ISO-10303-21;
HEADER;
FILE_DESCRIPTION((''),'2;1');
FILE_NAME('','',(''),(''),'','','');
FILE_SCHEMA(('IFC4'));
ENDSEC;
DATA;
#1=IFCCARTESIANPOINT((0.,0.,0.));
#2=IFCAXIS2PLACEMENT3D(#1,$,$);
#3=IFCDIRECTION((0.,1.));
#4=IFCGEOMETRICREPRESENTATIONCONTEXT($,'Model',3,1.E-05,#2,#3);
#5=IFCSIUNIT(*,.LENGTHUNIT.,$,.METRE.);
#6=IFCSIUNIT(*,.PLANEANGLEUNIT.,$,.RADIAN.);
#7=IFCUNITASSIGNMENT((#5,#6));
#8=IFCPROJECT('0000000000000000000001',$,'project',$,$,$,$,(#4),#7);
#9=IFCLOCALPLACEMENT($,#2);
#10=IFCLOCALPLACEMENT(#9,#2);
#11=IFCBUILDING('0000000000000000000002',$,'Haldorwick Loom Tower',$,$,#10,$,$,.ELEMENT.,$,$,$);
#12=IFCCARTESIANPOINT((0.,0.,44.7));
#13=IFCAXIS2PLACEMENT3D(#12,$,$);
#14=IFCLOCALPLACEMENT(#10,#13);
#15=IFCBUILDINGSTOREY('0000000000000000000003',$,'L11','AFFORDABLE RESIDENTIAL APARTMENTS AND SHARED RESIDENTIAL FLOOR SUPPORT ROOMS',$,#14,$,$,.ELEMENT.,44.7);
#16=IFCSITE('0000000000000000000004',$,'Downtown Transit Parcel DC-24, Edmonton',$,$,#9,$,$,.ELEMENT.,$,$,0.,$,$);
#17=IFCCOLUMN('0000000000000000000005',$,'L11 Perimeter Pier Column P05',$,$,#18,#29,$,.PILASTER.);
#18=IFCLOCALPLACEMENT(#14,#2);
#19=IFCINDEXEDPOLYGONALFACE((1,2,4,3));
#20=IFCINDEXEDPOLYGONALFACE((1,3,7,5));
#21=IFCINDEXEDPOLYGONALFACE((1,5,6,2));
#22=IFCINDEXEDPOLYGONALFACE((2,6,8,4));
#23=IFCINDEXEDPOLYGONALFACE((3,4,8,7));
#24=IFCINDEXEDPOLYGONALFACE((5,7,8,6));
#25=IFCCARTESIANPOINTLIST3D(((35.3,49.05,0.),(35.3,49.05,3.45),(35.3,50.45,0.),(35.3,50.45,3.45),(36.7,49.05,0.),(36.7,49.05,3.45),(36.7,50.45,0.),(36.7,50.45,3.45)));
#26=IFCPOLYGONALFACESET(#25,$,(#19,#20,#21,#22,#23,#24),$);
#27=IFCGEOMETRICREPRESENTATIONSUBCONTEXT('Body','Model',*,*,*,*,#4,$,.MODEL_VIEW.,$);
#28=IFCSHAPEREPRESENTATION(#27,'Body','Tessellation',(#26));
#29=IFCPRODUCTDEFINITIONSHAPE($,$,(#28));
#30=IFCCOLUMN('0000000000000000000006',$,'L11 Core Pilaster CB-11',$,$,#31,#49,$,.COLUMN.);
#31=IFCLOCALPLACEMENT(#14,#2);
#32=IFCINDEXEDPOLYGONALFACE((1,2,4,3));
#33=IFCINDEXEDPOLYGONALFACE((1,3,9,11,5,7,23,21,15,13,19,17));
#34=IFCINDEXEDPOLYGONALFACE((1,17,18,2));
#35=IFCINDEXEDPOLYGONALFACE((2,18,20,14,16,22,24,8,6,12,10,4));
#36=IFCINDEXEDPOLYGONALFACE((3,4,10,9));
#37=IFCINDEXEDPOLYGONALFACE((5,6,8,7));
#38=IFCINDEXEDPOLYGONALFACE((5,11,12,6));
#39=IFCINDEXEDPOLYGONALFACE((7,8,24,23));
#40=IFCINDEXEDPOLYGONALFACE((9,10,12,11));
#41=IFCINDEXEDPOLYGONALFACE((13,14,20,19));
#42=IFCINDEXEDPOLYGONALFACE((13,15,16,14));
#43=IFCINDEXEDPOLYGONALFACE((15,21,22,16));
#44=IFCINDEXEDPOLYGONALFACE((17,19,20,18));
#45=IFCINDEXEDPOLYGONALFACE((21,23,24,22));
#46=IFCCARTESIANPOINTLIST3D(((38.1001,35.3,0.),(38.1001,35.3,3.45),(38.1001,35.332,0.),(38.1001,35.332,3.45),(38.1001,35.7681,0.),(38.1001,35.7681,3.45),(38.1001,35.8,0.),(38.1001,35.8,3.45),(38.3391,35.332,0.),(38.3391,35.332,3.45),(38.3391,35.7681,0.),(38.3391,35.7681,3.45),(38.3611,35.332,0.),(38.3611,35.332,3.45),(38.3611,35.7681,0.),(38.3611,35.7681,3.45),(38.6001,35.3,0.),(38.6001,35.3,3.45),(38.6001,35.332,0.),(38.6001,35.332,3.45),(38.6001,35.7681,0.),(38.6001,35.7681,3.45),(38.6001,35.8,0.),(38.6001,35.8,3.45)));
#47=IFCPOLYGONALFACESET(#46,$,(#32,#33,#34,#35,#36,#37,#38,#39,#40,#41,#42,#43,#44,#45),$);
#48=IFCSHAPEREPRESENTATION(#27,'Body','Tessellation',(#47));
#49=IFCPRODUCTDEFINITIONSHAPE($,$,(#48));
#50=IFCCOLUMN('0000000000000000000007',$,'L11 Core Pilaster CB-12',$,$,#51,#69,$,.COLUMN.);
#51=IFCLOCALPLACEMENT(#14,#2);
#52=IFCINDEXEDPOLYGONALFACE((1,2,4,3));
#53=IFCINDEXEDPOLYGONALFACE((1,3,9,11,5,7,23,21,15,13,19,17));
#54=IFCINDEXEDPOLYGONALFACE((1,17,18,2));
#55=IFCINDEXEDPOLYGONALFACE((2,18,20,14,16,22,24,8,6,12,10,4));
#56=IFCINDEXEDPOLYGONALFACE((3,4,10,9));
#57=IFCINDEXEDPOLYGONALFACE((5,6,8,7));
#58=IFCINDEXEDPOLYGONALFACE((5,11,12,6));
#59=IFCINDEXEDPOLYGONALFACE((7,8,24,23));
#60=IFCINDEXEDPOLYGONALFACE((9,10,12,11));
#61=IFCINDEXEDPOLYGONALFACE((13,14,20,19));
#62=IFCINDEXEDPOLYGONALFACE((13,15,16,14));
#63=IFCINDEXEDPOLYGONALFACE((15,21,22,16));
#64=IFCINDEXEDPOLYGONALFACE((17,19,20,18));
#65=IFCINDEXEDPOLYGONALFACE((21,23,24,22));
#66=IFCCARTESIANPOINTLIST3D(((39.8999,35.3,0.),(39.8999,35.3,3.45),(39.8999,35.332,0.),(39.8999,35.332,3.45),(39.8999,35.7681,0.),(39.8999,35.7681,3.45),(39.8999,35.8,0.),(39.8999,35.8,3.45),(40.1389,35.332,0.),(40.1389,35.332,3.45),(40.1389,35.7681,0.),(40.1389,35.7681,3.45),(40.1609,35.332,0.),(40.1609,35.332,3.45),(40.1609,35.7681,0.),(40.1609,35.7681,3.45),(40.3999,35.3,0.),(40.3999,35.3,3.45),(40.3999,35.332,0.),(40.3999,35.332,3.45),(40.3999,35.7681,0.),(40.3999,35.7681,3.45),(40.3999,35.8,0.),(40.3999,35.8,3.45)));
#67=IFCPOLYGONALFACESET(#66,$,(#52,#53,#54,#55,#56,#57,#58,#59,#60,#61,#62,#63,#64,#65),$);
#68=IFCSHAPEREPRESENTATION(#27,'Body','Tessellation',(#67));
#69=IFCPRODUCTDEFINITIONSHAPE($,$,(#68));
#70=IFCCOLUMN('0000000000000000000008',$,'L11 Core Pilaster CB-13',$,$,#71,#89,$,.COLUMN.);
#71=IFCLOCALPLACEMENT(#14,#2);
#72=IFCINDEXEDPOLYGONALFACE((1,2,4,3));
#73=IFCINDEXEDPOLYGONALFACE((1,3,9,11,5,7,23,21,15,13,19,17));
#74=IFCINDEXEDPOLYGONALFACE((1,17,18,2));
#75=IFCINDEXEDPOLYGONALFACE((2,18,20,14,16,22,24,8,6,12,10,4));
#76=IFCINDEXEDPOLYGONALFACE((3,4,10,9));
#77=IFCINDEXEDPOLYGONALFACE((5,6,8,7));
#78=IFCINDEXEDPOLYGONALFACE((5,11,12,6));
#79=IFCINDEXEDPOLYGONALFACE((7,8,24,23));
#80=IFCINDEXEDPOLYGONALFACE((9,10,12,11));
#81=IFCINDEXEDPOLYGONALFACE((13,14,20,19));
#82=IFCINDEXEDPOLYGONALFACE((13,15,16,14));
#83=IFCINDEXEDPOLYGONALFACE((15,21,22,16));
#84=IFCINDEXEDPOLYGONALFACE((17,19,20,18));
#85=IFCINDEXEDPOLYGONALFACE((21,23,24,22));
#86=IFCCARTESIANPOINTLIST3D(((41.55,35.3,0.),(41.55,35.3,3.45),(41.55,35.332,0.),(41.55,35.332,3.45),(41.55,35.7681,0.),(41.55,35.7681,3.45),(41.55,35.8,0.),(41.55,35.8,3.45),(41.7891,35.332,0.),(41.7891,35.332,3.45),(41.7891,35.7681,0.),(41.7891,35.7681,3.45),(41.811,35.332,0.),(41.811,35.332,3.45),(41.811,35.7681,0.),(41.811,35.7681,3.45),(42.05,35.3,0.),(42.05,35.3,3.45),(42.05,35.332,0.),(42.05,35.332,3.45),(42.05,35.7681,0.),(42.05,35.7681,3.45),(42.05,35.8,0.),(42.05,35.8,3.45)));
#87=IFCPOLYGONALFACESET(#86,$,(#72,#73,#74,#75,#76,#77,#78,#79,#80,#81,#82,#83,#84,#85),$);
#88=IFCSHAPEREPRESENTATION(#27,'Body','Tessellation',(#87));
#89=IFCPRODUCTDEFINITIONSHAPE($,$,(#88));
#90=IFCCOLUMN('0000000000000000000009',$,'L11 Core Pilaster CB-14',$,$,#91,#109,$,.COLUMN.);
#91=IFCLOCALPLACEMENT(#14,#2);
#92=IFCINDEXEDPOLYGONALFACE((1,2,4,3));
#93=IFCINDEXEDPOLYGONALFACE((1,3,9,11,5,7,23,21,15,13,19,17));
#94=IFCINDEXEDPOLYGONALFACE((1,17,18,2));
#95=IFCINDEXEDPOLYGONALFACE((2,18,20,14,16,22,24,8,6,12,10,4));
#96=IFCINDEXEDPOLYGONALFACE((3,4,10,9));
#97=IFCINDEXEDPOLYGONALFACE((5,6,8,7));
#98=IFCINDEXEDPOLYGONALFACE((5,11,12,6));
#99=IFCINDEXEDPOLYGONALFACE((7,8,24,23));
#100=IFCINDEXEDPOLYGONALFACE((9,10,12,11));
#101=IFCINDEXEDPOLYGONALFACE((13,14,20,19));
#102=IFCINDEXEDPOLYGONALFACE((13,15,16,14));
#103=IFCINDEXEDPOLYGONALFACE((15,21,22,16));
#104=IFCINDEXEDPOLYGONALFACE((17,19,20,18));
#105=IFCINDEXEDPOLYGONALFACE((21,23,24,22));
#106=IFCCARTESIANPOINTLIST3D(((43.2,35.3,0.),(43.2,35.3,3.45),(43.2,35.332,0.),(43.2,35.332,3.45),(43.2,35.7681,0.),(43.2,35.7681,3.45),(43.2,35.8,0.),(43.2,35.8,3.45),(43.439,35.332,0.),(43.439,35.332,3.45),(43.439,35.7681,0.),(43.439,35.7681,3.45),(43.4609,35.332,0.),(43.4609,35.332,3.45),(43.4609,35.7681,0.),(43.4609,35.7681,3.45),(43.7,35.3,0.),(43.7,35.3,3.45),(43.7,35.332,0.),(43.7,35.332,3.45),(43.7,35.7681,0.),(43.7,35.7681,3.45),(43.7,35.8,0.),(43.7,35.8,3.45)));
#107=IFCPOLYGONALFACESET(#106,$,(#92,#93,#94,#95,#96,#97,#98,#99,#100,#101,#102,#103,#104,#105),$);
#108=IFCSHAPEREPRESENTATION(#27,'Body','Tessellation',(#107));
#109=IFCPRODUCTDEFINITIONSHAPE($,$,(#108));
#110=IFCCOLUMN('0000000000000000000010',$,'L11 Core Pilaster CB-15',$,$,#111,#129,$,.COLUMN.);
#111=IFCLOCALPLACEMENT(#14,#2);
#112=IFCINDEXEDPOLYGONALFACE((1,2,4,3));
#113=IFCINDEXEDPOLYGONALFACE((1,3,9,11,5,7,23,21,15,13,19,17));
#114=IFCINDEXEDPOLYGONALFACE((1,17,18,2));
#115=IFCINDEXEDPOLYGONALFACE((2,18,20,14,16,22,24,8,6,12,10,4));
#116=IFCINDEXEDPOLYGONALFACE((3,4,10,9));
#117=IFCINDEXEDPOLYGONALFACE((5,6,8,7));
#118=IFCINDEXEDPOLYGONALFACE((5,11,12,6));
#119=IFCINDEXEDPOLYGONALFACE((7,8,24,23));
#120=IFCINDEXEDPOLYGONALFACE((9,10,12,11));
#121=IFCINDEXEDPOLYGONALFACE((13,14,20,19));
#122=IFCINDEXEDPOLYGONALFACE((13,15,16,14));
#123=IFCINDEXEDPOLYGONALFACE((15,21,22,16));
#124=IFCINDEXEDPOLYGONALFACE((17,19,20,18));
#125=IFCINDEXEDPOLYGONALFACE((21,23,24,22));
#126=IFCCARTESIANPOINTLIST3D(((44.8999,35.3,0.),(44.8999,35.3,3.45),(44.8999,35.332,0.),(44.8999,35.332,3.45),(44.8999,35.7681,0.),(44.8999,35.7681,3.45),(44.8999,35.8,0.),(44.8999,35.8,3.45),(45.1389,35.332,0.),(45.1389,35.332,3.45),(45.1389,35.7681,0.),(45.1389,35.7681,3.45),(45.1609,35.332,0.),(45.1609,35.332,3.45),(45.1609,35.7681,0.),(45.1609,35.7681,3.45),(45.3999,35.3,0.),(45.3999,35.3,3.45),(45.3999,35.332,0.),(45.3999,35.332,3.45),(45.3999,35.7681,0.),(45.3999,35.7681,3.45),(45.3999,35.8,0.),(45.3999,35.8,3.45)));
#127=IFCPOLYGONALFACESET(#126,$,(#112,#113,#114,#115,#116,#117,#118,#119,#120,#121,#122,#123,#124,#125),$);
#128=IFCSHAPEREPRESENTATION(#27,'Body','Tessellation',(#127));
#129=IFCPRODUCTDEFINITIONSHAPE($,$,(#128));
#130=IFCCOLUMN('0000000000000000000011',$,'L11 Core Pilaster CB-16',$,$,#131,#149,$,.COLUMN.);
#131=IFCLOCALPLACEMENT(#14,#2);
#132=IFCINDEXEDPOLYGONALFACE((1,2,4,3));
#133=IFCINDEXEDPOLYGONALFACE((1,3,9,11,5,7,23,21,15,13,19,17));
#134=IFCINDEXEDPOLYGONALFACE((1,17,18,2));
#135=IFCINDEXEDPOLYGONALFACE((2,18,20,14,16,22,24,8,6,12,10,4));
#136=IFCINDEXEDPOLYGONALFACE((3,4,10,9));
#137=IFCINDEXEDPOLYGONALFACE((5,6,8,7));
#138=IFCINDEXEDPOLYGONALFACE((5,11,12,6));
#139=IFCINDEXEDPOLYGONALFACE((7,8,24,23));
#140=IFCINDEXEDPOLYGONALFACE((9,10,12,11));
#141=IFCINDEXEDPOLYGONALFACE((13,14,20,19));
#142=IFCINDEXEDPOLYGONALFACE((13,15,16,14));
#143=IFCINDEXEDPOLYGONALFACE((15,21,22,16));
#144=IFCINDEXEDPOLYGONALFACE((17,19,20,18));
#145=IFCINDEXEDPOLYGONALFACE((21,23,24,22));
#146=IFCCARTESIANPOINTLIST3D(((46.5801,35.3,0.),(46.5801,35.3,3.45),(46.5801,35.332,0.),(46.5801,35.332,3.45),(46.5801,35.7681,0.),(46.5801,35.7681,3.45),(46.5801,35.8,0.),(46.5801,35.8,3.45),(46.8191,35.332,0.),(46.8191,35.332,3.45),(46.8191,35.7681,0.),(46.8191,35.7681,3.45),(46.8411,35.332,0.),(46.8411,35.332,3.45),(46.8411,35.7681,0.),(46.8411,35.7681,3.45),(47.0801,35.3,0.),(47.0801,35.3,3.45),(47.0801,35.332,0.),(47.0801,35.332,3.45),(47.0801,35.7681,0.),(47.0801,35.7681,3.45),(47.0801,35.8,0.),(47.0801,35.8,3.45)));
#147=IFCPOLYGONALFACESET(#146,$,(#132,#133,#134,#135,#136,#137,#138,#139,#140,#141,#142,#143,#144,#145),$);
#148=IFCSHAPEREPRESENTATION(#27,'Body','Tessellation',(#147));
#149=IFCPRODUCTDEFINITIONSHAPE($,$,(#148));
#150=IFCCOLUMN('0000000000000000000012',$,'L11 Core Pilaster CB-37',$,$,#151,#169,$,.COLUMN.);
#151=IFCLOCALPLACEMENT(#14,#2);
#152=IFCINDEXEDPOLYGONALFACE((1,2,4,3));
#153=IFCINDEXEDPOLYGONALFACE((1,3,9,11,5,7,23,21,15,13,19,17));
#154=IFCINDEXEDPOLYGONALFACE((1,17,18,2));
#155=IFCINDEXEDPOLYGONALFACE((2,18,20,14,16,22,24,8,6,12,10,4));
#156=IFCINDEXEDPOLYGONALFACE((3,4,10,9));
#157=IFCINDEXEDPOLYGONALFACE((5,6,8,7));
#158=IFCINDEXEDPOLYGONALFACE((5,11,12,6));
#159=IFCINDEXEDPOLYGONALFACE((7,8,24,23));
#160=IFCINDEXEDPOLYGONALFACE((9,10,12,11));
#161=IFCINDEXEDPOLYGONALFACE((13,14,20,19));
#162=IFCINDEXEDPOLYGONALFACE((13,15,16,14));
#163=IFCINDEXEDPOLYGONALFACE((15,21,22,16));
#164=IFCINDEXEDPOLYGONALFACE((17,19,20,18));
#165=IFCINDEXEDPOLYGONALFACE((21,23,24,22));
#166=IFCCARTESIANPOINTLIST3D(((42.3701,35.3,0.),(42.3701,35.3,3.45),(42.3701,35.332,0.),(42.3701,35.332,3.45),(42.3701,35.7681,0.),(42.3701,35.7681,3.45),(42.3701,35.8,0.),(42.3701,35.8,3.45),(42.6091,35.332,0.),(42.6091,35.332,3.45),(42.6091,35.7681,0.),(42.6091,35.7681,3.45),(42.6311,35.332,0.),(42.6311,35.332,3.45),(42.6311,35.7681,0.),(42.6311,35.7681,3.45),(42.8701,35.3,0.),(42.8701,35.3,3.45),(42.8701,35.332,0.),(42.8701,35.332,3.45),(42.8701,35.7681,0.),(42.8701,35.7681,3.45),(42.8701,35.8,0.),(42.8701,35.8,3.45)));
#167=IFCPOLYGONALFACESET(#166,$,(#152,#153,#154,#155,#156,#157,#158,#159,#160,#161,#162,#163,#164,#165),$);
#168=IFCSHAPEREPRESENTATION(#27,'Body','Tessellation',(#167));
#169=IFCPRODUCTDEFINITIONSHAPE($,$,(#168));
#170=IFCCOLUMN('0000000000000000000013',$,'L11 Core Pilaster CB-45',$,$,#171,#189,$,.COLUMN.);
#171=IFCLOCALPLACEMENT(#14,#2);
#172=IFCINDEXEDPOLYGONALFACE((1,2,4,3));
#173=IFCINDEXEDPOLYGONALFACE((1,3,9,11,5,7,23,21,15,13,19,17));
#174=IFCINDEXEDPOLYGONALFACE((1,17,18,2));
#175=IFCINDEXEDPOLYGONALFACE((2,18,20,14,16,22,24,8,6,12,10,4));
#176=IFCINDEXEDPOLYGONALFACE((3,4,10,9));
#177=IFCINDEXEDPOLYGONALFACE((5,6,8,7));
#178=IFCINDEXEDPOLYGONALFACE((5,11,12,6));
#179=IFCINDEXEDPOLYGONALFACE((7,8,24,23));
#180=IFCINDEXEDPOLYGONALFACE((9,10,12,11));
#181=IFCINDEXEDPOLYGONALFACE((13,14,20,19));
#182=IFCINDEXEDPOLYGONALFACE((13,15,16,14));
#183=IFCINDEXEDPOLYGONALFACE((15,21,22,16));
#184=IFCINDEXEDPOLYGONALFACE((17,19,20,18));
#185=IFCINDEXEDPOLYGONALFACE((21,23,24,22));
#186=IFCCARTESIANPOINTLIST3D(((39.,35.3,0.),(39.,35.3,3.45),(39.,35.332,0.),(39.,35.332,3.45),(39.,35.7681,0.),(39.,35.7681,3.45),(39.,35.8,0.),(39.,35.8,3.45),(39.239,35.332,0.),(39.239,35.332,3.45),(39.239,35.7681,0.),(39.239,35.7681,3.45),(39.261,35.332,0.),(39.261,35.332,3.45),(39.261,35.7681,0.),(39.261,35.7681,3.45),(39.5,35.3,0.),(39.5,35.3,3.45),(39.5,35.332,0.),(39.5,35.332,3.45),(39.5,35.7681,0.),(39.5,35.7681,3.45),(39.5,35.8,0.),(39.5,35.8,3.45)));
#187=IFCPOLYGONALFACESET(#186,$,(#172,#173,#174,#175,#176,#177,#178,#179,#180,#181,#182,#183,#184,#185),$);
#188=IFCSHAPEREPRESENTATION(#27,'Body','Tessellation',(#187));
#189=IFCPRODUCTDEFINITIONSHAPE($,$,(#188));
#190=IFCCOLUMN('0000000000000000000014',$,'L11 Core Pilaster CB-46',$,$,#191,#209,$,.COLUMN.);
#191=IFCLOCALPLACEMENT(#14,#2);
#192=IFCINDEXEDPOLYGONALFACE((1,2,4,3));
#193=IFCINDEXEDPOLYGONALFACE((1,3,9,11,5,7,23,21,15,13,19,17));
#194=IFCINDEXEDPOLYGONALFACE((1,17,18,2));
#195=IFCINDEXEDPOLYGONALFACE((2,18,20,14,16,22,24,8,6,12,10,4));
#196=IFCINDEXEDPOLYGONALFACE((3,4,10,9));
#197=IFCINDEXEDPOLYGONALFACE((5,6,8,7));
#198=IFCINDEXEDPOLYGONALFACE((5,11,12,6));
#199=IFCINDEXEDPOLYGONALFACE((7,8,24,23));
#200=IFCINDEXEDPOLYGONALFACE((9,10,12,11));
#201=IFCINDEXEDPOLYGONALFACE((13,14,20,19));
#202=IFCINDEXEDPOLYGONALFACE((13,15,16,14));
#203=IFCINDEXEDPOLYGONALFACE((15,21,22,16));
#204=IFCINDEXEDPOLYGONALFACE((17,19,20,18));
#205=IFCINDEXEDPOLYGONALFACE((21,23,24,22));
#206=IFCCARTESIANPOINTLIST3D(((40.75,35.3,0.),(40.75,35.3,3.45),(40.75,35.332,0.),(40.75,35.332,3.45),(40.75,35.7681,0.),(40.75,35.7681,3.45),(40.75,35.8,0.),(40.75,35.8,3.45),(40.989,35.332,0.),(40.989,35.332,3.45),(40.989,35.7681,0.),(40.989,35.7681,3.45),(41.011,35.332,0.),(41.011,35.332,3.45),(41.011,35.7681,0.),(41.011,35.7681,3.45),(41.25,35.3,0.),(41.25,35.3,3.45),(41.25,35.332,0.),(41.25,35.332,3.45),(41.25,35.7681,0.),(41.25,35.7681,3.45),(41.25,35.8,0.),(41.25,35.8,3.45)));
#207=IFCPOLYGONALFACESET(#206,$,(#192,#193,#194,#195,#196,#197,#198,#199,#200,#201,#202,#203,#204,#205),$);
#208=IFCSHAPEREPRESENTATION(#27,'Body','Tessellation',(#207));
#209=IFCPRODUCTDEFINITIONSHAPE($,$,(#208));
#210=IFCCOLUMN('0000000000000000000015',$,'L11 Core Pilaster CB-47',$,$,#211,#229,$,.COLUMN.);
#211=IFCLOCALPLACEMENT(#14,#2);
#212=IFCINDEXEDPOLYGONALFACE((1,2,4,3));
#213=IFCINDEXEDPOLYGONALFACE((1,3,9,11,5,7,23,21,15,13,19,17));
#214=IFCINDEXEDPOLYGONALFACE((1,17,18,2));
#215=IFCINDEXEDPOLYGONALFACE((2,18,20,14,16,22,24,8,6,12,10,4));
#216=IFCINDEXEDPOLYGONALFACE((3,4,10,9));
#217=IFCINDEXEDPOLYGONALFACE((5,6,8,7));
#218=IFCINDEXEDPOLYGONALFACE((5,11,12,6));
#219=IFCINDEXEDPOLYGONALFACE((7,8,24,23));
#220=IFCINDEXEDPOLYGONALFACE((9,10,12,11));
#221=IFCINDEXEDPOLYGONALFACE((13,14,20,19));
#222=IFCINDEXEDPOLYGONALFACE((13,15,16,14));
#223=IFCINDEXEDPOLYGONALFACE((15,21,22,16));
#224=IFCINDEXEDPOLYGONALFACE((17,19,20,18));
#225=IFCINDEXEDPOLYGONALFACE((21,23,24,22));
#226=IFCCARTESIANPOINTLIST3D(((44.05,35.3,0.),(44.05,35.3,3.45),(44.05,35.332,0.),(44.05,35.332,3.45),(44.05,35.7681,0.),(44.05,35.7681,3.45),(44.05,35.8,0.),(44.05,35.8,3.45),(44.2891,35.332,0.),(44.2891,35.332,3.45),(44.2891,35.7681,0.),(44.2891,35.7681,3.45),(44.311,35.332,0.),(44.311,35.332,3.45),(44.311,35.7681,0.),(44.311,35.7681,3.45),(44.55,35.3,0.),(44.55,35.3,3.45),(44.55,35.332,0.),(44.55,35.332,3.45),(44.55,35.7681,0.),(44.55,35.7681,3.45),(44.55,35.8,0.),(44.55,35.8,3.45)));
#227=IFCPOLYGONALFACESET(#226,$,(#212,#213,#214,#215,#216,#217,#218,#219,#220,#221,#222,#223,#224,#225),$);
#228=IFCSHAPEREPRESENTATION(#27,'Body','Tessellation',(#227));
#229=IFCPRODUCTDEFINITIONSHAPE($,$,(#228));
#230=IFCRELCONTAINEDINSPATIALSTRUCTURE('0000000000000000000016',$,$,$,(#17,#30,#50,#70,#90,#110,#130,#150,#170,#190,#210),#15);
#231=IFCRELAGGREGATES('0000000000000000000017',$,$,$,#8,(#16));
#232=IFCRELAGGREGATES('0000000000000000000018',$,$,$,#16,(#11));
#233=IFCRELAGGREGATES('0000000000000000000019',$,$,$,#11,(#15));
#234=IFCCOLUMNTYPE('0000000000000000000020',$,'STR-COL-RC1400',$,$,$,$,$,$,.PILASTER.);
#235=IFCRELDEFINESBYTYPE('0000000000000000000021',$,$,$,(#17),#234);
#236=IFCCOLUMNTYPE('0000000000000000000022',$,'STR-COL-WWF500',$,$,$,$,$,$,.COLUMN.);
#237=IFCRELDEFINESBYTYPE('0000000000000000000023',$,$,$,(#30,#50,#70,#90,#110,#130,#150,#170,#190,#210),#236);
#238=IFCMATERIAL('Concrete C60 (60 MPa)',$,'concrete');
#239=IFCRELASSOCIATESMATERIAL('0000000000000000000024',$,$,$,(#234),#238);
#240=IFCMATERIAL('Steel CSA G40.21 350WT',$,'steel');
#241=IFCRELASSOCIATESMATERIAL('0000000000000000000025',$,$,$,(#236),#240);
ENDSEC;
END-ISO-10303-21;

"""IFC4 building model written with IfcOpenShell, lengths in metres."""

from ifc_helpers import new_model, si_unit, direction, frame, origin, origin_2d, place, context, subcontext, project, spatial, rectangle, i_section, extrude, material, material_profile, profile_set, type_object, element, save


model = new_model("IFC4")

# Units and contexts
model_context = context("Model", 3, precision=1e-05, world=origin(), true_north=direction((0.0, 1.0)))
body_context = subcontext(model_context, "Body", "Model", "MODEL_VIEW")
ifc_project = project(units=[si_unit("LENGTHUNIT", "METRE"), si_unit("PLANEANGLEUNIT", "RADIAN")], contexts=[model_context])

# Site, building, storey
site_placement = place(None, origin())
site = spatial("IfcSite", under=ifc_project, at=site_placement, Name="Downtown Transit Parcel DC-24, Edmonton", CompositionType="ELEMENT", RefElevation=0.0)
building_placement = place(site_placement, origin())
building = spatial("IfcBuilding", under=site, at=building_placement, Name="Haldorwick Loom Tower", CompositionType="ELEMENT")
storey_placement = place(building_placement, frame((0.0, 0.0, 44.7)))
storey = spatial("IfcBuildingStorey", under=building, at=storey_placement, Name="L11", Description="AFFORDABLE RESIDENTIAL APARTMENTS AND SHARED RESIDENTIAL FLOOR SUPPORT ROOMS", CompositionType="ELEMENT", Elevation=44.7)

# Columns
ifc_material_1 = material(Name="Concrete C60 (60 MPa)", Category="concrete")
ifc_material_profile_1 = material_profile(ifc_material_1, rectangle(XDim=1.3999, YDim=1.3999, at=origin_2d()), Name="RC1400X1400", Category="concrete")
ifc_profile_set_1 = profile_set([ifc_material_profile_1], Name="Concrete C60 (60 MPa)")
column_type_1 = type_object("IfcColumnType", Name="STR-COL-RC1400", PredefinedType="PILASTER", material=ifc_profile_set_1)
column_placement = place(storey_placement, frame((36.0, 49.75, 0.0), z_axis=(0.0, 0.0, 1.0), x_axis=(0.0, 1.0, 0.0)))
element("IfcColumn", 1, at=column_placement, inside=storey, type_object=column_type_1, Name="L11 Perimeter Pier Column P05", PredefinedType="PILASTER", context=body_context, shape_type="SweptSolid", body=[
    extrude(rectangle(XDim=1.3999, YDim=1.3999, at=origin_2d()), origin(), (0.0, 0.0, 1.0), 3.45),
])
ifc_material_2 = material(Name="Steel CSA G40.21 350WT", Category="steel")
ifc_material_profile_2 = material_profile(ifc_material_2, i_section(OverallWidth=0.5, OverallDepth=0.5, WebThickness=0.022, FlangeThickness=0.032, at=origin_2d()), Name="WWF500X500", Category="steel")
ifc_profile_set_2 = profile_set([ifc_material_profile_2], Name="Steel CSA G40.21 350WT")
column_type_2 = type_object("IfcColumnType", Name="STR-COL-WWF500", PredefinedType="COLUMN", material=ifc_profile_set_2)
for number, where, z_axis, x_axis, name in (
    (2, (38.3501, 35.55, 0.0), (0.0, 0.0, 1.0), (1.0, 0.0, 0.0), "L11 Core Pilaster CB-11"),
    (3, (40.1499, 35.55, 0.0), (0.0, 0.0, 1.0), (1.0, 0.0, 0.0), "L11 Core Pilaster CB-12"),
    (4, (41.8, 35.55, 0.0), (0.0, 0.0, 1.0), (1.0, 0.0, 0.0), "L11 Core Pilaster CB-13"),
    (5, (43.45, 35.55, 0.0), (0.0, 0.0, 1.0), (1.0, 0.0, 0.0), "L11 Core Pilaster CB-14"),
    (6, (45.1499, 35.55, 0.0), (0.0, 0.0, 1.0), (1.0, 0.0, 0.0), "L11 Core Pilaster CB-15"),
    (7, (46.8301, 35.55, 0.0), (0.0, 0.0, 1.0), (1.0, 0.0, 0.0), "L11 Core Pilaster CB-16"),
    (8, (42.6201, 35.55, 0.0), (0.0, 0.0, 1.0), (1.0, 0.0, 0.0), "L11 Core Pilaster CB-37"),
    (9, (39.25, 35.55, 0.0), (0.0, 0.0, 1.0), (1.0, 0.0, 0.0), "L11 Core Pilaster CB-45"),
    (10, (41.0, 35.55, 0.0), (0.0, 0.0, 1.0), (1.0, 0.0, 0.0), "L11 Core Pilaster CB-46"),
    (11, (44.3, 35.55, 0.0), (0.0, 0.0, 1.0), (1.0, 0.0, 0.0), "L11 Core Pilaster CB-47"),
):
    element("IfcColumn", number, at=place(storey_placement, frame(where, z_axis=z_axis, x_axis=x_axis)), inside=storey, type_object=column_type_2, Name=name, PredefinedType="COLUMN", context=body_context, shape_type="SweptSolid", body=[
        extrude(i_section(OverallWidth=0.5, OverallDepth=0.5, WebThickness=0.022, FlangeThickness=0.032, at=origin_2d()), origin(), (0.0, 0.0, 1.0), 3.45),
    ])

save(model, "model.ifc")
